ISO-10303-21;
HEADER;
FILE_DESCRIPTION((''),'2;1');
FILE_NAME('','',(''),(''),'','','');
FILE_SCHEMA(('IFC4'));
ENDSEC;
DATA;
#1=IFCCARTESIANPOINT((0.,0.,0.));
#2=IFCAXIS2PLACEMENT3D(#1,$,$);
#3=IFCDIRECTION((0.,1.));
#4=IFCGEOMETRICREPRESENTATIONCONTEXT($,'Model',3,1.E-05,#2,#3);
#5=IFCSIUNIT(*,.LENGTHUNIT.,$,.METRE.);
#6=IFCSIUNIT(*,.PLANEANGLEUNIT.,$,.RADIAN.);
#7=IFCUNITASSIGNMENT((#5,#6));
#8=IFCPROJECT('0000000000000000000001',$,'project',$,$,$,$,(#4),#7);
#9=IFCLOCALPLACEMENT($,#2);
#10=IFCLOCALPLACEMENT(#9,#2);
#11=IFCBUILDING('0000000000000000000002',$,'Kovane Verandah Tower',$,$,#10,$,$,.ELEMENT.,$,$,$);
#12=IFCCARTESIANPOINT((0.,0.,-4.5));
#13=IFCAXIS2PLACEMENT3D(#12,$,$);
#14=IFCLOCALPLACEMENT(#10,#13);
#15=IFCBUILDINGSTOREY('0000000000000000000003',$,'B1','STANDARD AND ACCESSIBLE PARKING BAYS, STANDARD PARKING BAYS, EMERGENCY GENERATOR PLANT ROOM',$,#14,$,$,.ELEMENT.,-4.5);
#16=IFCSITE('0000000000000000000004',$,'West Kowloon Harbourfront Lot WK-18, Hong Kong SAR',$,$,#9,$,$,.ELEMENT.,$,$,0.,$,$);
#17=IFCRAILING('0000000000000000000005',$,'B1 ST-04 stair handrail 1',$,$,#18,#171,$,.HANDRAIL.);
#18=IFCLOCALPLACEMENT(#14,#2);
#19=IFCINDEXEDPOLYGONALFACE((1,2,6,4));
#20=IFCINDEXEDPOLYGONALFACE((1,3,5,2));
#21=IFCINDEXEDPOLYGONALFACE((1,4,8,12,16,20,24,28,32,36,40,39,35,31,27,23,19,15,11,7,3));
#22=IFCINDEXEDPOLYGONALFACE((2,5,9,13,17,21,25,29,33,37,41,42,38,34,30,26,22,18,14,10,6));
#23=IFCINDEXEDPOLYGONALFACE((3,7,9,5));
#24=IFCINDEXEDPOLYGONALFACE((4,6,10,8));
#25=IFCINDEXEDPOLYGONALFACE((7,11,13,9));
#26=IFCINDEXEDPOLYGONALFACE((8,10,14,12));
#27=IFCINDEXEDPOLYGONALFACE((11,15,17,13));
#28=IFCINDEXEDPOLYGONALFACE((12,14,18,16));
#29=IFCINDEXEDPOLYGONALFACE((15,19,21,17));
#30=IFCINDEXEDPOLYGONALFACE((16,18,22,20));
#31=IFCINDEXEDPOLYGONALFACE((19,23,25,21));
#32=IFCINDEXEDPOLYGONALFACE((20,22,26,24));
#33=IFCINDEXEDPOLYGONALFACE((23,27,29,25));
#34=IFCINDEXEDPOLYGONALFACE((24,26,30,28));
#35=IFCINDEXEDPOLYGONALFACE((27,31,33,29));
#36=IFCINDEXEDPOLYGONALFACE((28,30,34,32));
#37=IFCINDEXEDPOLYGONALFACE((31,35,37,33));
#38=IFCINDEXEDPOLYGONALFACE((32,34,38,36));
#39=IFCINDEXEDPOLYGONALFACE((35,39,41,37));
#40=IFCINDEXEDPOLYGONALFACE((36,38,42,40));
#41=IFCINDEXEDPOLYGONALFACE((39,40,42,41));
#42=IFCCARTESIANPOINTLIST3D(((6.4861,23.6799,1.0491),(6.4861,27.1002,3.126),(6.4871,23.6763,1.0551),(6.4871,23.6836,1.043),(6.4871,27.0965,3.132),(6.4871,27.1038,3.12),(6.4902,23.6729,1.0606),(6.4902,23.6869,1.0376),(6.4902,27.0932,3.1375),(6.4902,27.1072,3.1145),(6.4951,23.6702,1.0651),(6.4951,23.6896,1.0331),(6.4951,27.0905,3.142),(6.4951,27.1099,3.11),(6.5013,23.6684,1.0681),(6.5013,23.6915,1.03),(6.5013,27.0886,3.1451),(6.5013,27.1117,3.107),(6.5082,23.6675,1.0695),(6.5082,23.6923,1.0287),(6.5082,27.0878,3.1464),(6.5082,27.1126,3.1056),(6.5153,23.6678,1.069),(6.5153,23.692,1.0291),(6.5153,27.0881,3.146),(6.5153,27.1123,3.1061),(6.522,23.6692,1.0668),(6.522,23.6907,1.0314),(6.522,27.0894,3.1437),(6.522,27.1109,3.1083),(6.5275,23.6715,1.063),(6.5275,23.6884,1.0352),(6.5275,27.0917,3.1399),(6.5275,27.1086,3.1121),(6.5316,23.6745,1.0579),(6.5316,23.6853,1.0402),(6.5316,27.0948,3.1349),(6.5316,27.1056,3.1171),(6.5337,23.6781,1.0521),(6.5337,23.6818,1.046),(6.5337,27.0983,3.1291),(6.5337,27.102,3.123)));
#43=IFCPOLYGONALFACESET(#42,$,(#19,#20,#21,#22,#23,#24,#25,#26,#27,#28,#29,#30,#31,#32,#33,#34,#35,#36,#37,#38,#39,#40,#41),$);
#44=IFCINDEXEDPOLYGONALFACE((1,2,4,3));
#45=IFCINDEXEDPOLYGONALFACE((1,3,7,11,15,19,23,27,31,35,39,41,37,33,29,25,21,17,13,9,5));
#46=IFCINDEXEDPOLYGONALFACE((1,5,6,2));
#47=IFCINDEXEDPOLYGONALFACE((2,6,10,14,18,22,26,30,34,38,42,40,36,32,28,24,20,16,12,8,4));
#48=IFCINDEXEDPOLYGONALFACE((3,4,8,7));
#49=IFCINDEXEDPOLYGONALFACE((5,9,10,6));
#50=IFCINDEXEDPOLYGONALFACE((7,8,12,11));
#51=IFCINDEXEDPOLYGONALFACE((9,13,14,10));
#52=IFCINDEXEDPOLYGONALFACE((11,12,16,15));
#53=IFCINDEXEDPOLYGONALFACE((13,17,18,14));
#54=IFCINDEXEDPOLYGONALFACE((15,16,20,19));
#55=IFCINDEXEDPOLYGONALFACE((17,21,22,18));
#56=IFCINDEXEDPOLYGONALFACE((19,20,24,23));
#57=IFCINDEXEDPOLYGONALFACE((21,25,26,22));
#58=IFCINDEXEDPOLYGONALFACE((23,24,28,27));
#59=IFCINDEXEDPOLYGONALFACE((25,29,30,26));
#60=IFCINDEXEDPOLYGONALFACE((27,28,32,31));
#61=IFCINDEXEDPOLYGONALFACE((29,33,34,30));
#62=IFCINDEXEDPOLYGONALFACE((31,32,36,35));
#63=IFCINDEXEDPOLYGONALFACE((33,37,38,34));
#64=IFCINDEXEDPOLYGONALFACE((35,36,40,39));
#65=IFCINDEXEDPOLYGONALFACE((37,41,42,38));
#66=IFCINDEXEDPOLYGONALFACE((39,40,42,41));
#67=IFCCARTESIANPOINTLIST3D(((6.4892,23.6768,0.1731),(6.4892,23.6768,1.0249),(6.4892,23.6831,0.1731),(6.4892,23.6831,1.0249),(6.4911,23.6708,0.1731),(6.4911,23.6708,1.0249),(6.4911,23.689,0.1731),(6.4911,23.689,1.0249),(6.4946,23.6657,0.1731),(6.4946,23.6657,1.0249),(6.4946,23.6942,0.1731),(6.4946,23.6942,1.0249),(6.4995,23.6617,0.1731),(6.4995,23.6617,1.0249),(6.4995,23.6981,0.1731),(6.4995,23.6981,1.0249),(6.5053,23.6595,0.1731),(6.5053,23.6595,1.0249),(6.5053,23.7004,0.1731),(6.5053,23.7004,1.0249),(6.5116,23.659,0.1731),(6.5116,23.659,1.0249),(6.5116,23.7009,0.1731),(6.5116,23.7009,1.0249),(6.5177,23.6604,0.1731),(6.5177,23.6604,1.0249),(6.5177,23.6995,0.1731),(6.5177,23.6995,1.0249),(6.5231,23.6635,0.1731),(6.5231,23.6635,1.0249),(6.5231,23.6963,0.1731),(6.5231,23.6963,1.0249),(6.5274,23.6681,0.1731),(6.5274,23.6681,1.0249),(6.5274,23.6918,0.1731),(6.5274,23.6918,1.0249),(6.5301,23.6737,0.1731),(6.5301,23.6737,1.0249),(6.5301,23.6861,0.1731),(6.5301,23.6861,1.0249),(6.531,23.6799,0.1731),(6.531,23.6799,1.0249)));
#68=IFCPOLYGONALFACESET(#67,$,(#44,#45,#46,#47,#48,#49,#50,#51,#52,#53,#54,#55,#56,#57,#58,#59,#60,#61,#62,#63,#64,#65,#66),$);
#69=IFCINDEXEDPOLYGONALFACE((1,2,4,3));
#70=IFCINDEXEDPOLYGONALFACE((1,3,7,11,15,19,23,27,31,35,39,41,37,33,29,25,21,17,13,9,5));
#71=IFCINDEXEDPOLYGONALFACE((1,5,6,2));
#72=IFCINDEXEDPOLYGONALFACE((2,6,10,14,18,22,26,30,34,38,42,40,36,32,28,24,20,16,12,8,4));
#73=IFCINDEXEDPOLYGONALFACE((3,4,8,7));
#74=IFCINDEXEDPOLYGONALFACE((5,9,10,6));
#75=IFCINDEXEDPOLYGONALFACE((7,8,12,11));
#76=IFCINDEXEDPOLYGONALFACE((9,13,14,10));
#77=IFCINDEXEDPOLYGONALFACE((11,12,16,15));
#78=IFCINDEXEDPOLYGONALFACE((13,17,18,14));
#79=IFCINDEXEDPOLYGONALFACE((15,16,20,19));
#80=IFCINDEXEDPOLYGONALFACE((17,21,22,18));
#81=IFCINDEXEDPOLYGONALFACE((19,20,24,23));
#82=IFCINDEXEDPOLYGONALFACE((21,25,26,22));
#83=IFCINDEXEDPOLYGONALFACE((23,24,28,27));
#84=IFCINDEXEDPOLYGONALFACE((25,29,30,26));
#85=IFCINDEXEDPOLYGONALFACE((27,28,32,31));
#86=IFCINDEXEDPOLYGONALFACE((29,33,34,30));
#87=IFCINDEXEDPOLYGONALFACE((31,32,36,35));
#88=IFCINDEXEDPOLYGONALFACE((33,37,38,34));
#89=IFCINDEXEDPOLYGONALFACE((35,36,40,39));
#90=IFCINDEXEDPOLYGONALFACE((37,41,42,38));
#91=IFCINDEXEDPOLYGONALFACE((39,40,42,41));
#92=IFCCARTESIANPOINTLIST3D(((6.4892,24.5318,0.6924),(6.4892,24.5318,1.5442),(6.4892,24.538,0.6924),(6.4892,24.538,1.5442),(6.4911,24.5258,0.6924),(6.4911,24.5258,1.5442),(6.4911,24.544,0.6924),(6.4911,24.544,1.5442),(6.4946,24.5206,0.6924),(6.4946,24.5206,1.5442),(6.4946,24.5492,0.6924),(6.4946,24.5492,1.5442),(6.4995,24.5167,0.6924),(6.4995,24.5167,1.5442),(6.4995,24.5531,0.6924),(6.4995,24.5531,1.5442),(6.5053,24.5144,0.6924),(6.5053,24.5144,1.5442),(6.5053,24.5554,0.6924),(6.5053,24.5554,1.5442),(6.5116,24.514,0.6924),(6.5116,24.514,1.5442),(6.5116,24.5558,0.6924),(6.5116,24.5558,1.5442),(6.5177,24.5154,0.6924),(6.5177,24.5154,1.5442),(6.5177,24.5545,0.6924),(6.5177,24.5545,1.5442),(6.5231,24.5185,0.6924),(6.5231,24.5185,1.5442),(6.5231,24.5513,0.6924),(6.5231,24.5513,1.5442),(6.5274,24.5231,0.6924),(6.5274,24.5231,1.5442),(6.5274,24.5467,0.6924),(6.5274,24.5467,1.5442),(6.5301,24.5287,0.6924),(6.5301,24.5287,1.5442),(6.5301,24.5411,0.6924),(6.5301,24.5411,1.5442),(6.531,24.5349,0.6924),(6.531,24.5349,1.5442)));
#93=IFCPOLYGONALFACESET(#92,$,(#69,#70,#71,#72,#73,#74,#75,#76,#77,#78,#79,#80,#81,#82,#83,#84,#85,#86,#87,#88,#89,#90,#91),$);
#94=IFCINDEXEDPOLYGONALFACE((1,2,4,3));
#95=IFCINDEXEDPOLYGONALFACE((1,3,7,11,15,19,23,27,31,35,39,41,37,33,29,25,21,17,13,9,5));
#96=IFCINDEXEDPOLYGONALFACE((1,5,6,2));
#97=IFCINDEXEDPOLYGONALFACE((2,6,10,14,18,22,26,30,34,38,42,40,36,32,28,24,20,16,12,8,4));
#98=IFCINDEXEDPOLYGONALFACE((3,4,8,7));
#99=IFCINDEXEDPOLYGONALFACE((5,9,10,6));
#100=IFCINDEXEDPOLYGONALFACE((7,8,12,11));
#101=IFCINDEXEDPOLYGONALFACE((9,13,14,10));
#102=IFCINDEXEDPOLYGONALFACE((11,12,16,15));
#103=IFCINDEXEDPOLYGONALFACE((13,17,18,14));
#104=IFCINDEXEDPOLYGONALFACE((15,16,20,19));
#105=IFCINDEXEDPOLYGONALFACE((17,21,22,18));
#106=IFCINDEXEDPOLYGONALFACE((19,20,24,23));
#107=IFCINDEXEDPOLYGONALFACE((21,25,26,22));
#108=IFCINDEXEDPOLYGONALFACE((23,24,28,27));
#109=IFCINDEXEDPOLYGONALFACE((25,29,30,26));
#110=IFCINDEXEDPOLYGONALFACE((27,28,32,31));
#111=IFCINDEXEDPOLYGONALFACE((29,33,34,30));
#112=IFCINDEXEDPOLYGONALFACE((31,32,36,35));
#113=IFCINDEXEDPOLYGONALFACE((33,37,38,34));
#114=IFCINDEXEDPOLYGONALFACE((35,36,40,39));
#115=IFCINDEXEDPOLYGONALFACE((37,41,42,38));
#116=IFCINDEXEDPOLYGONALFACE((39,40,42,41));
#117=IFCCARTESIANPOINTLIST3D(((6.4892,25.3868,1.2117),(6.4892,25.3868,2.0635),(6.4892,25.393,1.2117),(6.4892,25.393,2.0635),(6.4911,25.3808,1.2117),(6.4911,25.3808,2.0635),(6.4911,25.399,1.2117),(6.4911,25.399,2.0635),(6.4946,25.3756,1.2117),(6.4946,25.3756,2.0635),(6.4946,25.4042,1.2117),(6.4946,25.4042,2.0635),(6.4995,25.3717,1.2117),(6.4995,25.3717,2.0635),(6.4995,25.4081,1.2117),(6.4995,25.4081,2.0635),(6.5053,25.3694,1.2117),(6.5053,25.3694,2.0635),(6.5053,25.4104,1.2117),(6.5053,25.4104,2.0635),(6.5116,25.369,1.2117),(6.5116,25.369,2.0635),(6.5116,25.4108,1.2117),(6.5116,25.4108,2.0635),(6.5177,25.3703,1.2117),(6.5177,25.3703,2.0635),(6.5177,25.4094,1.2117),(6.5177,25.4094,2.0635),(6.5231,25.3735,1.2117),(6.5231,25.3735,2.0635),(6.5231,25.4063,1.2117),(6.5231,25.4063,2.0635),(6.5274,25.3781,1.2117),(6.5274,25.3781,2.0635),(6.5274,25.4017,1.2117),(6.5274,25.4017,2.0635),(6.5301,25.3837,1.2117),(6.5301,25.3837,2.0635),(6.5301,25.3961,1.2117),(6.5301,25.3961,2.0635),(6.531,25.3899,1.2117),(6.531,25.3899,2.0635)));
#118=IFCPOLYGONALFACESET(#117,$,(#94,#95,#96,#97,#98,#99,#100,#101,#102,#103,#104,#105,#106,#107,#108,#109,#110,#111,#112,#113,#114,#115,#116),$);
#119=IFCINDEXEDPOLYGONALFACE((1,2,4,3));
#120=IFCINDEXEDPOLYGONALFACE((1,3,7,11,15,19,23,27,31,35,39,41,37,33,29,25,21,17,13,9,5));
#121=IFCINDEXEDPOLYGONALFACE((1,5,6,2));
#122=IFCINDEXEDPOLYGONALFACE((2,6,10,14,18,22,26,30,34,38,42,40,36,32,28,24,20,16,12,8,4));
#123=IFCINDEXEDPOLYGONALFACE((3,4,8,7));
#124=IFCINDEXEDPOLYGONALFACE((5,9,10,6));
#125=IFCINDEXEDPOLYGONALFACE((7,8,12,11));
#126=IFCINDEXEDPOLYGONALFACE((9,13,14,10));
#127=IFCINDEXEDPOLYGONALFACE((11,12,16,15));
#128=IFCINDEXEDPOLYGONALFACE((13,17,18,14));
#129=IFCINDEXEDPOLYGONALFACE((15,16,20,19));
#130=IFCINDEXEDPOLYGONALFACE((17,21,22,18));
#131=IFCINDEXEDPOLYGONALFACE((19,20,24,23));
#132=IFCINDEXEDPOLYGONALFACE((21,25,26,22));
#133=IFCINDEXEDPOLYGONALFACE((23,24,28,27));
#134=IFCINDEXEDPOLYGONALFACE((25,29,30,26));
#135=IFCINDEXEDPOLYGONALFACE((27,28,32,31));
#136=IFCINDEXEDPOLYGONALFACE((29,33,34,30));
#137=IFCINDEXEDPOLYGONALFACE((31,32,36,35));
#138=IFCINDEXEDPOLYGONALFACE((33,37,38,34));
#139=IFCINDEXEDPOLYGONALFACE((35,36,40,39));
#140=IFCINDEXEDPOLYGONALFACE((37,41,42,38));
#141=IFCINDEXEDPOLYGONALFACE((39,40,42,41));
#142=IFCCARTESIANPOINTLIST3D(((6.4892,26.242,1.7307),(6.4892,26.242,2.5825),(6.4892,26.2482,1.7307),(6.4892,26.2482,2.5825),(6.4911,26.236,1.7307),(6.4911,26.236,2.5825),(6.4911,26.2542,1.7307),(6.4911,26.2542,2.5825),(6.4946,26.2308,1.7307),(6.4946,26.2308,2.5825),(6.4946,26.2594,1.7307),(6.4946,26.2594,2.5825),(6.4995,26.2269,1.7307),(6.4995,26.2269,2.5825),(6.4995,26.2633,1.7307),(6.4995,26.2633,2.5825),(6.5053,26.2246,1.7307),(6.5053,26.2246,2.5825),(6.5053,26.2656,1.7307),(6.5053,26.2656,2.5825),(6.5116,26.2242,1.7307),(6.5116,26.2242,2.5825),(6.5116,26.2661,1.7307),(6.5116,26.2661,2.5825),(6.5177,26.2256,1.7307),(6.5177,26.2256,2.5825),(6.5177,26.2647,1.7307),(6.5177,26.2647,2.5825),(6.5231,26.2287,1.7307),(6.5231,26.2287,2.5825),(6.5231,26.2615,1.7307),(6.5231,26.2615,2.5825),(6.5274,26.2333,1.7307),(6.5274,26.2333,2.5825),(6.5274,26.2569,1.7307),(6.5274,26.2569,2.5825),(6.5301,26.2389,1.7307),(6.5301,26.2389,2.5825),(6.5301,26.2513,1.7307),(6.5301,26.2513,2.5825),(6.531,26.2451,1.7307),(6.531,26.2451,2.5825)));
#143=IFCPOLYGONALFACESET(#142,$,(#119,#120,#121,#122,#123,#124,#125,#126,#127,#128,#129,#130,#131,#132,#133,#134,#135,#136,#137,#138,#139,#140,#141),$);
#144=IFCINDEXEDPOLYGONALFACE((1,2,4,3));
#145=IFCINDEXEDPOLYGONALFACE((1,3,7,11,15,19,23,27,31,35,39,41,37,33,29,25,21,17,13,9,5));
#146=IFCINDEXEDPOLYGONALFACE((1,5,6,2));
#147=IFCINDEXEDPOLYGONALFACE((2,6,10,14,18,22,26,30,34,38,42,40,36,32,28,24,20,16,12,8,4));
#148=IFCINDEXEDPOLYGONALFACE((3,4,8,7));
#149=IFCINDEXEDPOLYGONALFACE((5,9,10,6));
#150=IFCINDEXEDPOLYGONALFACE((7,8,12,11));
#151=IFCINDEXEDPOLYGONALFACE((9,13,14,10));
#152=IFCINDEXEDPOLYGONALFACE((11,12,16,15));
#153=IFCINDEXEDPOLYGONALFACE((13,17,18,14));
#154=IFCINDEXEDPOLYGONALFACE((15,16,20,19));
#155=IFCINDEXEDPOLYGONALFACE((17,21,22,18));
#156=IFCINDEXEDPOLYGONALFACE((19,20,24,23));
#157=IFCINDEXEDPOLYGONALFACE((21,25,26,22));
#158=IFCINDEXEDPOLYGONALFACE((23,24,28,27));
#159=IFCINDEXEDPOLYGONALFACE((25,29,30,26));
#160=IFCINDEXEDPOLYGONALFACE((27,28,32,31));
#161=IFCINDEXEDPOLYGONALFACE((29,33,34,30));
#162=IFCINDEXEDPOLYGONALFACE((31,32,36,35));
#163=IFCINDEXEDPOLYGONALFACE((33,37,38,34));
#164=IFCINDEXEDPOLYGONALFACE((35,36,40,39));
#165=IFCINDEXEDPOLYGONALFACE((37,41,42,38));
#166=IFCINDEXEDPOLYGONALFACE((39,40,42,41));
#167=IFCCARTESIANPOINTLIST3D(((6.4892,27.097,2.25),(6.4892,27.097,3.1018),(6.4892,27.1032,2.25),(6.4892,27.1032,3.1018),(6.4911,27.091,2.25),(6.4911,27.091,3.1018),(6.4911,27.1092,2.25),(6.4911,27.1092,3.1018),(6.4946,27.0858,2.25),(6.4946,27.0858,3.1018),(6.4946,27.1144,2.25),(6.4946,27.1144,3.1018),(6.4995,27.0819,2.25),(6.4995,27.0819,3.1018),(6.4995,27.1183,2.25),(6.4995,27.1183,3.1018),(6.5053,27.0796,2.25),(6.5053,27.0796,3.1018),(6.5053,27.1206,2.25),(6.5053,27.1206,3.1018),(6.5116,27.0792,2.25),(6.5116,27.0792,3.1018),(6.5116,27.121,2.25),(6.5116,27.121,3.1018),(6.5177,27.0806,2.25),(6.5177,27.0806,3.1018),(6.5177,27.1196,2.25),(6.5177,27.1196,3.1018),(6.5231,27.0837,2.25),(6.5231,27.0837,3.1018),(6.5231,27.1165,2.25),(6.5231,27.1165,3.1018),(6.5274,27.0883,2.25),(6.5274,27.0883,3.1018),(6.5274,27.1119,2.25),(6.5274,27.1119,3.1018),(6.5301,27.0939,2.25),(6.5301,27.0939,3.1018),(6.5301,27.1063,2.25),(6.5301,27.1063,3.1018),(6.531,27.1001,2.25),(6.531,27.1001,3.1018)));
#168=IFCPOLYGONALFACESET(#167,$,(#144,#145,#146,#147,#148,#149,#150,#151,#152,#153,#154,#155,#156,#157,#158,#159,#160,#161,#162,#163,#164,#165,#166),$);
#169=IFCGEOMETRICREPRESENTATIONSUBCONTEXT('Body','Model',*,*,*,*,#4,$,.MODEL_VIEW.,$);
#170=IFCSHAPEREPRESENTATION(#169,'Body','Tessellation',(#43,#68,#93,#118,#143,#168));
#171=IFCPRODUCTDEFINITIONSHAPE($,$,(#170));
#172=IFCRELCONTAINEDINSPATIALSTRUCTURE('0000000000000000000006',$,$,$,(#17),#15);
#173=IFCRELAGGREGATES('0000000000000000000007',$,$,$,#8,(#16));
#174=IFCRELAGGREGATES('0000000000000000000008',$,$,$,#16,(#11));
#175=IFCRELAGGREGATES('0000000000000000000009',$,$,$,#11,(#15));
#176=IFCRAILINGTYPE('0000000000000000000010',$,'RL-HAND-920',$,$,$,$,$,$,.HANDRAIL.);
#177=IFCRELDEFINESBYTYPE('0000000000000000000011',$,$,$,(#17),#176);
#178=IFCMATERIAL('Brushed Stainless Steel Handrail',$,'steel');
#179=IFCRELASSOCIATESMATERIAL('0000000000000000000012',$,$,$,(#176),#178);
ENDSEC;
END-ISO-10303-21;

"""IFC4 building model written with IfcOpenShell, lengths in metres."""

from ifc_helpers import new_model, si_unit, direction, frame, origin, origin_2d, place, context, subcontext, project, spatial, circle, extrude, material, type_object, element, save


model = new_model("IFC4")

# Units and contexts
model_context = context("Model", 3, precision=1e-05, world=origin(), true_north=direction((0.0, 1.0)))
body_context = subcontext(model_context, "Body", "Model", "MODEL_VIEW")
ifc_project = project(units=[si_unit("LENGTHUNIT", "METRE"), si_unit("PLANEANGLEUNIT", "RADIAN")], contexts=[model_context])

# Site, building, storey
site_placement = place(None, origin())
site = spatial("IfcSite", under=ifc_project, at=site_placement, Name="West Kowloon Harbourfront Lot WK-18, Hong Kong SAR", CompositionType="ELEMENT", RefElevation=0.0)
building_placement = place(site_placement, origin())
building = spatial("IfcBuilding", under=site, at=building_placement, Name="Kovane Verandah Tower", CompositionType="ELEMENT")
storey_placement = place(building_placement, frame((0.0, 0.0, -4.5)))
storey = spatial("IfcBuildingStorey", under=building, at=storey_placement, Name="B1", Description="STANDARD AND ACCESSIBLE PARKING BAYS, STANDARD PARKING BAYS, EMERGENCY GENERATOR PLANT ROOM", CompositionType="ELEMENT", Elevation=-4.5)

# Railing
ifc_material_1 = material(Name="Brushed Stainless Steel Handrail", Category="steel")
railing_type_1 = type_object("IfcRailingType", Name="RL-HAND-920", PredefinedType="HANDRAIL", material=ifc_material_1)
railing_1_placement = place(storey_placement, frame((6.51, 23.6799, 0.1731)))
element("IfcRailing", 1, at=railing_1_placement, inside=storey, type_object=railing_type_1, Name="B1 ST-04 stair handrail 1", PredefinedType="HANDRAIL", context=body_context, shape_type="SweptSolid", body=[
    extrude(circle(Radius=0.0239, at=origin_2d()), frame((0.0, 0.0, 0.876), z_axis=(0.0, 0.854746, 0.519047), x_axis=(-1.0, 0.0, 0.0)), (0.0, 0.0, 1.0), 4.0015),
    extrude(circle(Radius=0.021, at=origin_2d()), origin(), (0.0, 0.0, 1.0), 0.8518),
    extrude(circle(Radius=0.021, at=origin_2d()), frame((0.0, 0.855, 0.5193)), (0.0, 0.0, 1.0), 0.8518),
    extrude(circle(Radius=0.021, at=origin_2d()), frame((0.0, 1.71, 1.0386)), (0.0, 0.0, 1.0), 0.8518),
    extrude(circle(Radius=0.021, at=origin_2d()), frame((0.0, 2.5652, 1.5576)), (0.0, 0.0, 1.0), 0.8518),
    extrude(circle(Radius=0.021, at=origin_2d()), frame((0.0, 3.4202, 2.0769)), (0.0, 0.0, 1.0), 0.8518),
])

save(model, "model.ifc")
